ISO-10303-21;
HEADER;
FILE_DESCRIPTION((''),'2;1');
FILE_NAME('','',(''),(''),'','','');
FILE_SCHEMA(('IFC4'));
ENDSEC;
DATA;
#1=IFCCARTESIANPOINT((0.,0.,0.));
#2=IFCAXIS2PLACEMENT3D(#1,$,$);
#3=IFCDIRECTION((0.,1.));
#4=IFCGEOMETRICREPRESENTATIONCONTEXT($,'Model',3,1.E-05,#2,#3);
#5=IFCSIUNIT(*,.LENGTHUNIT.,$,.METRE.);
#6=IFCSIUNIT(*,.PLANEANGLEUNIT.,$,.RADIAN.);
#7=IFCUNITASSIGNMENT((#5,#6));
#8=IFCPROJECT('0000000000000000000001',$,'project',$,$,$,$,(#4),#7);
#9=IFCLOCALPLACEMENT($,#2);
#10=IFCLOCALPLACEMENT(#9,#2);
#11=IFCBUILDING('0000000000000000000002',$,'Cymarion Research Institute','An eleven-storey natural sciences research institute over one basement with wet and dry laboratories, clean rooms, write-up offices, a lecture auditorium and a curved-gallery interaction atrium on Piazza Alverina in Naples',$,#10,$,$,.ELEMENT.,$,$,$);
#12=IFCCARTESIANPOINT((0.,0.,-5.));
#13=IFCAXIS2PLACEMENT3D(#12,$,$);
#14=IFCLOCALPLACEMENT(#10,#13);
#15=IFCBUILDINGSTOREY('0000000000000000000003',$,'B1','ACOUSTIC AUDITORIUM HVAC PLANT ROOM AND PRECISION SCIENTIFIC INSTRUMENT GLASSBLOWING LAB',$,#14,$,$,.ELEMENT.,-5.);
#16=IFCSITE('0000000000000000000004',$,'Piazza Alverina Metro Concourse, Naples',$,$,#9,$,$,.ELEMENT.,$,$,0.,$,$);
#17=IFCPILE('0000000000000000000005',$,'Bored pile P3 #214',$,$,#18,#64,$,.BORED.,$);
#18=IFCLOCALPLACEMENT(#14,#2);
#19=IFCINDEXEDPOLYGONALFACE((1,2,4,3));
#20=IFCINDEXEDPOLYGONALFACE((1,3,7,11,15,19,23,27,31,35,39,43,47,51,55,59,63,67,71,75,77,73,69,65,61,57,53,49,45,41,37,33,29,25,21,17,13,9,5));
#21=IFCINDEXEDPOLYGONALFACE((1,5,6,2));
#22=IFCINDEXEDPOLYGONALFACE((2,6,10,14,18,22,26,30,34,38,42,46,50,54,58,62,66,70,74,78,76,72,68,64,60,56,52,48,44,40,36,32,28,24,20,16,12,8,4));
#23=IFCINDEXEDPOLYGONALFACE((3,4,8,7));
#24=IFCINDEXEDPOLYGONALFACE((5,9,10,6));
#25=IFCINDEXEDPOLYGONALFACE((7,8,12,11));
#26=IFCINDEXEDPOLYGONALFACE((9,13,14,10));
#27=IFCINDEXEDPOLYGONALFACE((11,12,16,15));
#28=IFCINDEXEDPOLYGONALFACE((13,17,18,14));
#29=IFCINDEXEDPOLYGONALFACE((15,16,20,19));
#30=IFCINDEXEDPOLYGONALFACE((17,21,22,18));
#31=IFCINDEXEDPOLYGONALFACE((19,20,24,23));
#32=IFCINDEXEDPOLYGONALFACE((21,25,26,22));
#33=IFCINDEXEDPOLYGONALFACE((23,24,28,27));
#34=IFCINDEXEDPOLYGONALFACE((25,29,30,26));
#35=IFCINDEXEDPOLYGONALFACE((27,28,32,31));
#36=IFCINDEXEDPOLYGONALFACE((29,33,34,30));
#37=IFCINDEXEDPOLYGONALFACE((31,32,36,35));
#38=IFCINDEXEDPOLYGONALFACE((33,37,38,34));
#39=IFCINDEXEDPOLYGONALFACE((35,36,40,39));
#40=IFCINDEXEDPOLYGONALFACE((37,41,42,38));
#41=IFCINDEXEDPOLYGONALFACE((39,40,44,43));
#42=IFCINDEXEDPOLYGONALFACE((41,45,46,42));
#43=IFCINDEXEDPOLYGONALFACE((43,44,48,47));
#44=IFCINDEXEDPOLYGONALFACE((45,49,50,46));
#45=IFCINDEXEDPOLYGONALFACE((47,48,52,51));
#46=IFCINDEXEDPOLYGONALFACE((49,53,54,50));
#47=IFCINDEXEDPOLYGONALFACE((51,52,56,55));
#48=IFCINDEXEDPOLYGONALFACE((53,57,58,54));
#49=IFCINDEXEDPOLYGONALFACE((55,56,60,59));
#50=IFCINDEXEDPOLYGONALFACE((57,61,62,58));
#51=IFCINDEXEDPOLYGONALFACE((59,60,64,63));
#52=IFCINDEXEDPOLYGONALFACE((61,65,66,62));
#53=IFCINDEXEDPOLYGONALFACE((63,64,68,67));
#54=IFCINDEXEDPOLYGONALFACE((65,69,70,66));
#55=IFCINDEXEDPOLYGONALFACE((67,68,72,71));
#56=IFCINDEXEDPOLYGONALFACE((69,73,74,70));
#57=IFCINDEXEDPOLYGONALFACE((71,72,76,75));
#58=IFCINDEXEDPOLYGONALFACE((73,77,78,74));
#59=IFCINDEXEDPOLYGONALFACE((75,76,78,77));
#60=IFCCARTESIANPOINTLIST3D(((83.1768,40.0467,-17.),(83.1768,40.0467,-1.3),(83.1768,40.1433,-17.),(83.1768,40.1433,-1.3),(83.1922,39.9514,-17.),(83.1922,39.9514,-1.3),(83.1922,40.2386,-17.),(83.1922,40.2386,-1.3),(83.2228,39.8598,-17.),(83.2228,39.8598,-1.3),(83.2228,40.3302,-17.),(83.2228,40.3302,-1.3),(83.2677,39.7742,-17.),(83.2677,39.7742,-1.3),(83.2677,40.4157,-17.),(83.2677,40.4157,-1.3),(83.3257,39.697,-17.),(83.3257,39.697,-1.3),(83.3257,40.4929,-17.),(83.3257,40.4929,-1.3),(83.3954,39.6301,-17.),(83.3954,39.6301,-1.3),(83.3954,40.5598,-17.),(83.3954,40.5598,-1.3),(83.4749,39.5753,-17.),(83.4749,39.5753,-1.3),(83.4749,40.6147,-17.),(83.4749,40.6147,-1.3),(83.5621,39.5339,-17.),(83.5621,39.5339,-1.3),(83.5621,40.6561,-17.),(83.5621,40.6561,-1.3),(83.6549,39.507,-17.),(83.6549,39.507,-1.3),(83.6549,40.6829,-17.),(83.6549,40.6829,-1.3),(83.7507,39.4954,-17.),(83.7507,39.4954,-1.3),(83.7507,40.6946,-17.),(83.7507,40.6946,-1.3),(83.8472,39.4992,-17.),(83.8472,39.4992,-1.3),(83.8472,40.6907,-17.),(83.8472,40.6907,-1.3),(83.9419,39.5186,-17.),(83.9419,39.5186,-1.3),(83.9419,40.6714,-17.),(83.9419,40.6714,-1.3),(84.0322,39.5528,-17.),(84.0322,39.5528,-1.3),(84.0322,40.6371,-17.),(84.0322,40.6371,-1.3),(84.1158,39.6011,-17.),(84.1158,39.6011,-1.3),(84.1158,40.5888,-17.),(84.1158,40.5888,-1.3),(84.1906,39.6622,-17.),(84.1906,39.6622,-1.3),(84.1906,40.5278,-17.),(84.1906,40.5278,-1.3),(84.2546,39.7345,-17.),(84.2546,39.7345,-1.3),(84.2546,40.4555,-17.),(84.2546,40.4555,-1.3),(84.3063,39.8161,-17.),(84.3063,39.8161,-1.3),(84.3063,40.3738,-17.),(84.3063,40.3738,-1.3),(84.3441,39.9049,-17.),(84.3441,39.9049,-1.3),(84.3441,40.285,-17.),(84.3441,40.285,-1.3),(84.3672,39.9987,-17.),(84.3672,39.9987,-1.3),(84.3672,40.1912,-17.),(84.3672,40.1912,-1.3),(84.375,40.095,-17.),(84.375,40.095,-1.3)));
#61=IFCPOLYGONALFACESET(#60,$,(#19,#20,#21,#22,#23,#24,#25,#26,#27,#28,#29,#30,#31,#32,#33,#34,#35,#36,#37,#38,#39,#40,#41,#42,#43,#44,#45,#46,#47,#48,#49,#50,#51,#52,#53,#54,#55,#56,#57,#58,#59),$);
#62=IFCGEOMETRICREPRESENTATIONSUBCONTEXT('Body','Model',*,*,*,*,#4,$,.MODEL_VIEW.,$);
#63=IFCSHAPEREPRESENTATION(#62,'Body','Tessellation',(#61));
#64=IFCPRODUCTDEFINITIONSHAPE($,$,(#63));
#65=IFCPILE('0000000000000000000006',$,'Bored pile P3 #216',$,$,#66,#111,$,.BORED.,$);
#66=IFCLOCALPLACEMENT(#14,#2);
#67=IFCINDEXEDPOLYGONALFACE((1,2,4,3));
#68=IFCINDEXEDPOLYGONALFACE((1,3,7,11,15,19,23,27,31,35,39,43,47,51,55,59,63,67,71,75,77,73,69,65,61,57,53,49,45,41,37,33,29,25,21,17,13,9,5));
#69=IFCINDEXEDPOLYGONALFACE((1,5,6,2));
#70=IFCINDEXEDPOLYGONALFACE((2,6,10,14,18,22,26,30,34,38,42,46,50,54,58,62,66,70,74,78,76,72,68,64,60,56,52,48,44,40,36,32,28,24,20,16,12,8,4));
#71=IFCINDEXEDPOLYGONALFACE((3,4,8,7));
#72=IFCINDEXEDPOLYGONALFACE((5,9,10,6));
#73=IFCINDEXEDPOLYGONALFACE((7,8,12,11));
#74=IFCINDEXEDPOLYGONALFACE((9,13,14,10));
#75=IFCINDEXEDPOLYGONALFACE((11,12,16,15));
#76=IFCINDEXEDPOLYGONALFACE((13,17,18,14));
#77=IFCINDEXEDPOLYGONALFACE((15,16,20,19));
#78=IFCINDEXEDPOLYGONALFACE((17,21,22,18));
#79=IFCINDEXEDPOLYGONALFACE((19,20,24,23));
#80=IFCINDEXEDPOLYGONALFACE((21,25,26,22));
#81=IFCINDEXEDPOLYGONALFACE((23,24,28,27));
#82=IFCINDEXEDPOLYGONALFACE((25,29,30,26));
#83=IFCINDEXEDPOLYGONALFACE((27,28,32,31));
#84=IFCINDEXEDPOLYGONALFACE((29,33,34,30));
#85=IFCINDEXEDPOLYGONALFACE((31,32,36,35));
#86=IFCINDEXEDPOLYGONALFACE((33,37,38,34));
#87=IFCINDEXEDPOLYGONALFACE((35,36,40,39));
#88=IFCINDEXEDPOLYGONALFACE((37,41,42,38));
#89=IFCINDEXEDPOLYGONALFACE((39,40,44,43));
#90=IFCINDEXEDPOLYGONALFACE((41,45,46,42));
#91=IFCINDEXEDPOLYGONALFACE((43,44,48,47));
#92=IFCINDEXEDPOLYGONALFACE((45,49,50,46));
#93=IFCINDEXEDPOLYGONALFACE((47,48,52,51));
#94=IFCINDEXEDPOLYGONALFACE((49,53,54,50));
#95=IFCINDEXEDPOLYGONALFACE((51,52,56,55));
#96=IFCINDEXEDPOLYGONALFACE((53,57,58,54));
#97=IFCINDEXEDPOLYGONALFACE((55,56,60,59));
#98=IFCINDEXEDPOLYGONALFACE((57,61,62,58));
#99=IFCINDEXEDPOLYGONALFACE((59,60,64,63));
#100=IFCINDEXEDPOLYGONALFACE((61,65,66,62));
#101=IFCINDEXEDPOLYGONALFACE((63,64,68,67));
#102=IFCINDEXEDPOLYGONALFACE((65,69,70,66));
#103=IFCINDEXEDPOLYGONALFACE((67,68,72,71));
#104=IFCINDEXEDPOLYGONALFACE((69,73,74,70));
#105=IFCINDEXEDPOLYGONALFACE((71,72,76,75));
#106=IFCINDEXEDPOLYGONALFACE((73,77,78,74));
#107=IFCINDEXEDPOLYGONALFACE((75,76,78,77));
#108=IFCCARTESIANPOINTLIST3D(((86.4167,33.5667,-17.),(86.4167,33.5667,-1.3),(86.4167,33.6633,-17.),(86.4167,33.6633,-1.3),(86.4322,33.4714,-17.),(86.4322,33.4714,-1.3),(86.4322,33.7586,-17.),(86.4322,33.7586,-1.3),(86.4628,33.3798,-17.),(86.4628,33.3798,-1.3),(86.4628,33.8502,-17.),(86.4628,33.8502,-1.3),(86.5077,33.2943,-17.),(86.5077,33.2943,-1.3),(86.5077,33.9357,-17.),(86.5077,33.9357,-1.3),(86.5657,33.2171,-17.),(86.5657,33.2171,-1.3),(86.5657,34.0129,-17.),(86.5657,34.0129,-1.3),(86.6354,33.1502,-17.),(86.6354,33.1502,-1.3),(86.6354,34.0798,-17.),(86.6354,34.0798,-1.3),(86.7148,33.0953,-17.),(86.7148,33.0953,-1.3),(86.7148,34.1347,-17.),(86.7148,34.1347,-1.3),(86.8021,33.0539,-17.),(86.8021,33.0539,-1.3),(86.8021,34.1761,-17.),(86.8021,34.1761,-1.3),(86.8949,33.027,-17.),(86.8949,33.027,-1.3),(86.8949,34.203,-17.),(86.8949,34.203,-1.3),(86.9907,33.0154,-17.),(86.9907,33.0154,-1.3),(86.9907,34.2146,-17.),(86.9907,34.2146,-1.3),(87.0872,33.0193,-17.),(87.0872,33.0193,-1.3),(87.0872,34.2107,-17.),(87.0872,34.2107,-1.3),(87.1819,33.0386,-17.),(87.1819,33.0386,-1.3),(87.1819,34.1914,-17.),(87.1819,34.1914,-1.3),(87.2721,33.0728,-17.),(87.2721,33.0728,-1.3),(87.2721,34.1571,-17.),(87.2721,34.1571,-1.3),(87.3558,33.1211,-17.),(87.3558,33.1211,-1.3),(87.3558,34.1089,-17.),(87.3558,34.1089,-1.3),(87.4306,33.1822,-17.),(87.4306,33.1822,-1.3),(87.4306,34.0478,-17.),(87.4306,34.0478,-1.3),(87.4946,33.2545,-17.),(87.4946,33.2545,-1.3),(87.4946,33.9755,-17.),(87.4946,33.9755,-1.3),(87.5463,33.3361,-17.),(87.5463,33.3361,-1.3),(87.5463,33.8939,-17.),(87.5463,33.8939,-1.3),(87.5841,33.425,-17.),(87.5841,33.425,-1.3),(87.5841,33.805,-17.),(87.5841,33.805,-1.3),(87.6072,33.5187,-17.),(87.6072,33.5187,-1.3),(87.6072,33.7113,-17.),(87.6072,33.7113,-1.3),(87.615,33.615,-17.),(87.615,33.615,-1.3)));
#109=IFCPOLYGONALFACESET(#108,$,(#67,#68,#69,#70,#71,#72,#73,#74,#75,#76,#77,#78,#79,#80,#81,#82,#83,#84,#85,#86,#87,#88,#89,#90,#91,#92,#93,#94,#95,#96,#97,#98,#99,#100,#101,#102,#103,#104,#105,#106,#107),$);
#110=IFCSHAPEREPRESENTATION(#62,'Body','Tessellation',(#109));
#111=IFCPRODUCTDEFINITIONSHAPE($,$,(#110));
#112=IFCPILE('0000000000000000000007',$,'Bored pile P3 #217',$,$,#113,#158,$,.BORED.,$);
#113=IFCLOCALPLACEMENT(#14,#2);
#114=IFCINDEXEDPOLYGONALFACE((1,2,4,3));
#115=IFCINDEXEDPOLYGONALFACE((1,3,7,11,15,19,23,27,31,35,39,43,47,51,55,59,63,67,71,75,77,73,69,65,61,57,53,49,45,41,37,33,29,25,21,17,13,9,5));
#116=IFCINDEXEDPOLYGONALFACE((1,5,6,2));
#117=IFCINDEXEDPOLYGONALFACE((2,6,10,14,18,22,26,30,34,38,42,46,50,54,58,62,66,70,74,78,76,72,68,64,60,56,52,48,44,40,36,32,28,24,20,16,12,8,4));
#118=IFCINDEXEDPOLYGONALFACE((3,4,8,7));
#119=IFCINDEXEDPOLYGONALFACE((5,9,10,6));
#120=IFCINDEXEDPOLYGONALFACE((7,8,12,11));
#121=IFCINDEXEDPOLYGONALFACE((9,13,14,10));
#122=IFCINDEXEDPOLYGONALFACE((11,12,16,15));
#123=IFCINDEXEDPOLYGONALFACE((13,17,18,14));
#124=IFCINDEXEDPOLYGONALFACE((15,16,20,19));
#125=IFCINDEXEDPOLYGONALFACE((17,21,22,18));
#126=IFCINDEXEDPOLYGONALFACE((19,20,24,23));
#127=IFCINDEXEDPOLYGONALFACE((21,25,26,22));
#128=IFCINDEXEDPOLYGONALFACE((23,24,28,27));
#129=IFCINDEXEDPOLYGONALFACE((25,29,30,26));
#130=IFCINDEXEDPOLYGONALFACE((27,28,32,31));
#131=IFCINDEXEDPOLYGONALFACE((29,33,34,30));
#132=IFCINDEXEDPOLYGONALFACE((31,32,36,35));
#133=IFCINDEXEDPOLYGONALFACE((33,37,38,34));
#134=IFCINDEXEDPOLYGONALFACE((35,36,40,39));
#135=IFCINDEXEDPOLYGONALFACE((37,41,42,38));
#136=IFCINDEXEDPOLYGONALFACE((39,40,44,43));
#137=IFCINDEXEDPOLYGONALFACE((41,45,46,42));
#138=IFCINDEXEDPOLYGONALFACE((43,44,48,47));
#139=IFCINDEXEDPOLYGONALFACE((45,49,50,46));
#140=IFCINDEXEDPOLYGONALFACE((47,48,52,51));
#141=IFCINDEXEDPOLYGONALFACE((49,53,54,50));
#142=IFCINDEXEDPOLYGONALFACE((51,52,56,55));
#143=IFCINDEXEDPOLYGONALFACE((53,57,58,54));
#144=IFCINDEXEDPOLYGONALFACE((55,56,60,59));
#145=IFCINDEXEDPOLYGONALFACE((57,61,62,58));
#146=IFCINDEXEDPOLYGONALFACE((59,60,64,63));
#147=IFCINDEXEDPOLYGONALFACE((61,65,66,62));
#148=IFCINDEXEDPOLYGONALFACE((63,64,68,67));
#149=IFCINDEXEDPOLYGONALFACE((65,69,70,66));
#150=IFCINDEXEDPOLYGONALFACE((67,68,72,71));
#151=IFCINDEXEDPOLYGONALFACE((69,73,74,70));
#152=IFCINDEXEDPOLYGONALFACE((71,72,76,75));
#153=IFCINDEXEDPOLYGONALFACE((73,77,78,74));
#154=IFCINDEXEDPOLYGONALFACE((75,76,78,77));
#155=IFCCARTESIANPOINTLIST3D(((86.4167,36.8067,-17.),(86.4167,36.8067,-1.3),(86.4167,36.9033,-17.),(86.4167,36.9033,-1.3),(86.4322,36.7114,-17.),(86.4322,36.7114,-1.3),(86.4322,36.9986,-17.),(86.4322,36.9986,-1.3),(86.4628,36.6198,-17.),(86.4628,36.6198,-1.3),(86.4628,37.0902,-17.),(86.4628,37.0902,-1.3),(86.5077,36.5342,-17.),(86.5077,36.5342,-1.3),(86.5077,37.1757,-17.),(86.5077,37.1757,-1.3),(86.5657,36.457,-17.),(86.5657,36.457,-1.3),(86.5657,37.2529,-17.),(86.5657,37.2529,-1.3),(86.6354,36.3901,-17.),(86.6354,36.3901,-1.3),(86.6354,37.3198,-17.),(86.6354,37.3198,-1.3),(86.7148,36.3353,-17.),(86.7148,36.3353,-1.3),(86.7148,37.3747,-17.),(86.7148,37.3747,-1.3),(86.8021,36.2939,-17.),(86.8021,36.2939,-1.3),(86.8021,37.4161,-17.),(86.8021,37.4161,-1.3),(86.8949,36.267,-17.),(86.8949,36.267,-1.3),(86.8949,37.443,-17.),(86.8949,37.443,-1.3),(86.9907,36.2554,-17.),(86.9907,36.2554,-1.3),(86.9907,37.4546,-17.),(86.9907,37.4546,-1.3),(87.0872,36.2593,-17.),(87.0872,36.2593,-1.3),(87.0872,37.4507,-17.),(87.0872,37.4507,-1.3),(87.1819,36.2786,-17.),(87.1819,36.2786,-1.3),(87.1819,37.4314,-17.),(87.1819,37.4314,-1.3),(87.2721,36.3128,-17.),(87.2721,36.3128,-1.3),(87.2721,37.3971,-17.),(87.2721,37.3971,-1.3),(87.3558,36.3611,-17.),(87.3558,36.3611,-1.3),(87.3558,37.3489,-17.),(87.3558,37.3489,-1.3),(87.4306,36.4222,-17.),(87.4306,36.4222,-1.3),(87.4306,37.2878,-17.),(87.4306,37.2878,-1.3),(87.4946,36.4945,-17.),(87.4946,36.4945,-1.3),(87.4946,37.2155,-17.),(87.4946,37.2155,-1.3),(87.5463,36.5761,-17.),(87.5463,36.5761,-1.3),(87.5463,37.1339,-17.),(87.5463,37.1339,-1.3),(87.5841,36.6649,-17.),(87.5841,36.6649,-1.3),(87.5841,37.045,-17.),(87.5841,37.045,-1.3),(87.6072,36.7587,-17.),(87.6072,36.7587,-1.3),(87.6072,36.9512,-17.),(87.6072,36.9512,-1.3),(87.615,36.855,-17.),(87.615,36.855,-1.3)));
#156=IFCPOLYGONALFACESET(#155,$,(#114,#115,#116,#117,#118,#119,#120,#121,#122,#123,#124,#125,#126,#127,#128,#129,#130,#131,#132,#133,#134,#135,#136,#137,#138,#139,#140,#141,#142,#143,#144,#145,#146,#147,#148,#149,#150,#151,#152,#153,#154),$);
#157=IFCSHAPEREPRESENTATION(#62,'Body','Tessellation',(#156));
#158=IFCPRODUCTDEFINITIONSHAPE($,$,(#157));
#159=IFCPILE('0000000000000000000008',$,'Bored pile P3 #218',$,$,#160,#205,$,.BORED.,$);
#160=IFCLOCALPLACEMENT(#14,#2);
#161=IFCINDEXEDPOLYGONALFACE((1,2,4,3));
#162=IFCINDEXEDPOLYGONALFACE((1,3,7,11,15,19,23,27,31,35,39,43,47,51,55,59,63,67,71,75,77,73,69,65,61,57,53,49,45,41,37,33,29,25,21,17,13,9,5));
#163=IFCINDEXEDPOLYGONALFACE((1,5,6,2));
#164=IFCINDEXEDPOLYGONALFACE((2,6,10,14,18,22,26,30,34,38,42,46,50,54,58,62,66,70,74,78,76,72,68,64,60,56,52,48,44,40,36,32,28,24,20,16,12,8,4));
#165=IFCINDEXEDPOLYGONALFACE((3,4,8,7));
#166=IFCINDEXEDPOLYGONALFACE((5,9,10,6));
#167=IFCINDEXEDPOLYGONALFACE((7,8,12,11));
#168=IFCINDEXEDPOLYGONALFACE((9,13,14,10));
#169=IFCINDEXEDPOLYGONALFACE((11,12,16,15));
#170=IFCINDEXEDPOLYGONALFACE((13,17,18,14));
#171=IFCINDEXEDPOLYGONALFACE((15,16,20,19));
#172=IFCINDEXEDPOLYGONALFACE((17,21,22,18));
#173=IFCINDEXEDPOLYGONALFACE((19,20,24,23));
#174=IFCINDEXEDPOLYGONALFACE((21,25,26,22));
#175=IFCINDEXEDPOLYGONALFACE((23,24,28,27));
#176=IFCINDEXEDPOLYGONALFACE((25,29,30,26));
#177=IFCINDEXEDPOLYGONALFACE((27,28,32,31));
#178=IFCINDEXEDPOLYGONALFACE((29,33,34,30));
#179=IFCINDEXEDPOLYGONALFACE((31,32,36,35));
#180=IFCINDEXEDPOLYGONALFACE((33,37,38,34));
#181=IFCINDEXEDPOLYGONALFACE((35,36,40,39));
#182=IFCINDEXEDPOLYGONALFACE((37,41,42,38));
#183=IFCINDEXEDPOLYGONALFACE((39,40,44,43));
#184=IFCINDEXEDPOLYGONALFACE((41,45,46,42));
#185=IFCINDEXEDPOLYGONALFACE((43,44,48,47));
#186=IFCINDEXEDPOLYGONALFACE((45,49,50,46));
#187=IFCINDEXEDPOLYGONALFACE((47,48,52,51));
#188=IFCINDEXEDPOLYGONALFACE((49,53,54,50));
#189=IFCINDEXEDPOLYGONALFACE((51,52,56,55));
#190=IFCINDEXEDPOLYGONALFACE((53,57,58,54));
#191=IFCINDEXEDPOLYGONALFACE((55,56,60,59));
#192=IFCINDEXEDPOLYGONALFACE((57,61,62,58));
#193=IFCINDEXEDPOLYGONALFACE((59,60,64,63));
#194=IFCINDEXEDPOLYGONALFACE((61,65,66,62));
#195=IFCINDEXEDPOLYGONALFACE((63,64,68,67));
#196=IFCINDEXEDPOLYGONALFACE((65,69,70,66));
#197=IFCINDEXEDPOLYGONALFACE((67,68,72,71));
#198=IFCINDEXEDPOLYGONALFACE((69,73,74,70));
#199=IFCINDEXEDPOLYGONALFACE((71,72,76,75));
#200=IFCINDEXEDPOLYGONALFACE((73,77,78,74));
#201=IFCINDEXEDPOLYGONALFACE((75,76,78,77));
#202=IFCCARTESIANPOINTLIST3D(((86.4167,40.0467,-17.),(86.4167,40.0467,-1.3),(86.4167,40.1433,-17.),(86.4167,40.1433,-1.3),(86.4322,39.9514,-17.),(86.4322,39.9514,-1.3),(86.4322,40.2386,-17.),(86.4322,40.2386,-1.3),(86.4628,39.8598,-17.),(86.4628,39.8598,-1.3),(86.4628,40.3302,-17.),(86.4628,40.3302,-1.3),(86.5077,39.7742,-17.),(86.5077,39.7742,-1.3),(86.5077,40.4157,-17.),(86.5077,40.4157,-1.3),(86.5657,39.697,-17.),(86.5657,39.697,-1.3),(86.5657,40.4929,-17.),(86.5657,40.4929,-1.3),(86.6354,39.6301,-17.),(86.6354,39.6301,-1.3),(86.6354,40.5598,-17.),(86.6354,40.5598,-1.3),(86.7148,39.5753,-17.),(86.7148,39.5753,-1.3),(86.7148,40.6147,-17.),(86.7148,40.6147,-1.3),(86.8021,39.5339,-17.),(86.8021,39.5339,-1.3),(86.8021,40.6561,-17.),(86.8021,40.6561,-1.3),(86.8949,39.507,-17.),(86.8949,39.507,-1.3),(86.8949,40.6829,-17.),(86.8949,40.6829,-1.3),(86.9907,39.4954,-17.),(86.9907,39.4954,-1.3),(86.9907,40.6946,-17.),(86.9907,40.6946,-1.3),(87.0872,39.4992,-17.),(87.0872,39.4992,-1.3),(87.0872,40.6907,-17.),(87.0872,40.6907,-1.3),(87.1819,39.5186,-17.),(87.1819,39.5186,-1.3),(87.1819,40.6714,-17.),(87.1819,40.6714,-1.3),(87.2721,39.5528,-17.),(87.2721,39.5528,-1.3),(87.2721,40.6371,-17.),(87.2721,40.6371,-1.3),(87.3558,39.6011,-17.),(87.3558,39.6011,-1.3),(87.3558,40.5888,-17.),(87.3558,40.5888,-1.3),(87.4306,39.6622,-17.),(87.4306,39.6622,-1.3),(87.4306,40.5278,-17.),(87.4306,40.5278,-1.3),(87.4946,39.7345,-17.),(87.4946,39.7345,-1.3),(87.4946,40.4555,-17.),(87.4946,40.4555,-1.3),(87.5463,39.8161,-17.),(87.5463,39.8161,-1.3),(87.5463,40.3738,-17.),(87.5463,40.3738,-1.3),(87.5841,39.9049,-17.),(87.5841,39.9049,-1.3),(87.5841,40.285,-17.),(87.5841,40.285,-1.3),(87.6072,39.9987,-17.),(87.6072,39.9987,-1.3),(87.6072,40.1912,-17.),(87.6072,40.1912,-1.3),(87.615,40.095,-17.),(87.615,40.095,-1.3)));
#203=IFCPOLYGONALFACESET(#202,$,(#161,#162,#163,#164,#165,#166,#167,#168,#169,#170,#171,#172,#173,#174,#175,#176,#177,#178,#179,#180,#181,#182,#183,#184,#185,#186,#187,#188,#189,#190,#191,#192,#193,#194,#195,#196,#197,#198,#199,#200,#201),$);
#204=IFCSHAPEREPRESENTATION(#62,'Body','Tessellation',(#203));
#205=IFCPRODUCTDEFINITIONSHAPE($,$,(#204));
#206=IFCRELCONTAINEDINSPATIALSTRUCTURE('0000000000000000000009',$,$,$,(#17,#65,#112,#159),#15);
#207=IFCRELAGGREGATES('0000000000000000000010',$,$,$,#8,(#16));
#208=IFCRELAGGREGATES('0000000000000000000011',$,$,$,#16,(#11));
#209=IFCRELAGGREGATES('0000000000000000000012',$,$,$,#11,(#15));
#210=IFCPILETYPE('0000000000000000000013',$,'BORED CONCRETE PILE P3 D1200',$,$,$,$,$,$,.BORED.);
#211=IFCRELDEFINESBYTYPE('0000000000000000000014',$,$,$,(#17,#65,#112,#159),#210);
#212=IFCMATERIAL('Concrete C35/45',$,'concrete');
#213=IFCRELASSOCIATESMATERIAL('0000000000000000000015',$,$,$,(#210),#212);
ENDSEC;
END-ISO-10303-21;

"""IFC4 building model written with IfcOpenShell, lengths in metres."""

from ifc_helpers import new_model, si_unit, direction, frame, origin, origin_2d, place, context, subcontext, project, spatial, circle, extrude, material, material_profile, profile_set, type_object, element, save


model = new_model("IFC4")

# Units and contexts
model_context = context("Model", 3, precision=1e-05, world=origin(), true_north=direction((0.0, 1.0)))
body_context = subcontext(model_context, "Body", "Model", "MODEL_VIEW")
ifc_project = project(units=[si_unit("LENGTHUNIT", "METRE"), si_unit("PLANEANGLEUNIT", "RADIAN")], contexts=[model_context])

# Site, building, storey
site_placement = place(None, origin())
site = spatial("IfcSite", under=ifc_project, at=site_placement, Name="Piazza Alverina Metro Concourse, Naples", CompositionType="ELEMENT", RefElevation=0.0)
building_placement = place(site_placement, origin())
building = spatial("IfcBuilding", under=site, at=building_placement, Name="Cymarion Research Institute", Description="An eleven-storey natural sciences research institute over one basement with wet and dry laboratories, clean rooms, write-up offices, a lecture auditorium and a curved-gallery interaction atrium on Piazza Alverina in Naples", CompositionType="ELEMENT")
storey_placement = place(building_placement, frame((0.0, 0.0, -5.0)))
storey = spatial("IfcBuildingStorey", under=building, at=storey_placement, Name="B1", Description="ACOUSTIC AUDITORIUM HVAC PLANT ROOM AND PRECISION SCIENTIFIC INSTRUMENT GLASSBLOWING LAB", CompositionType="ELEMENT", Elevation=-5.0)

# Piles
ifc_material_1 = material(Name="Concrete C35/45", Category="concrete")
ifc_material_profile_1 = material_profile(ifc_material_1, circle(Radius=0.6001, at=origin_2d()), Name="BORED PILE D1200")
ifc_profile_set_1 = profile_set([ifc_material_profile_1], Name="Concrete C35/45")
pile_type_1 = type_object("IfcPileType", Name="BORED CONCRETE PILE P3 D1200", PredefinedType="BORED", material=ifc_profile_set_1)
for number, where, z_axis, x_axis, name in (
    (1, (83.7749, 40.095, -1.3), (0.0, 0.0, -1.0), (1.0, 0.0, 0.0), "Bored pile P3 #214"),
    (2, (87.0149, 33.615, -1.3), (0.0, 0.0, -1.0), (1.0, 0.0, 0.0), "Bored pile P3 #216"),
    (3, (87.0149, 36.855, -1.3), (0.0, 0.0, -1.0), (1.0, 0.0, 0.0), "Bored pile P3 #217"),
    (4, (87.0149, 40.095, -1.3), (0.0, 0.0, -1.0), (1.0, 0.0, 0.0), "Bored pile P3 #218"),
):
    element("IfcPile", number, at=place(storey_placement, frame(where, z_axis=z_axis, x_axis=x_axis)), inside=storey, type_object=pile_type_1, Name=name, PredefinedType="BORED", context=body_context, shape_type="SweptSolid", body=[
        extrude(circle(Radius=0.6001, at=origin_2d()), origin(), (0.0, 0.0, 1.0), 15.7),
    ])

save(model, "model.ifc")
